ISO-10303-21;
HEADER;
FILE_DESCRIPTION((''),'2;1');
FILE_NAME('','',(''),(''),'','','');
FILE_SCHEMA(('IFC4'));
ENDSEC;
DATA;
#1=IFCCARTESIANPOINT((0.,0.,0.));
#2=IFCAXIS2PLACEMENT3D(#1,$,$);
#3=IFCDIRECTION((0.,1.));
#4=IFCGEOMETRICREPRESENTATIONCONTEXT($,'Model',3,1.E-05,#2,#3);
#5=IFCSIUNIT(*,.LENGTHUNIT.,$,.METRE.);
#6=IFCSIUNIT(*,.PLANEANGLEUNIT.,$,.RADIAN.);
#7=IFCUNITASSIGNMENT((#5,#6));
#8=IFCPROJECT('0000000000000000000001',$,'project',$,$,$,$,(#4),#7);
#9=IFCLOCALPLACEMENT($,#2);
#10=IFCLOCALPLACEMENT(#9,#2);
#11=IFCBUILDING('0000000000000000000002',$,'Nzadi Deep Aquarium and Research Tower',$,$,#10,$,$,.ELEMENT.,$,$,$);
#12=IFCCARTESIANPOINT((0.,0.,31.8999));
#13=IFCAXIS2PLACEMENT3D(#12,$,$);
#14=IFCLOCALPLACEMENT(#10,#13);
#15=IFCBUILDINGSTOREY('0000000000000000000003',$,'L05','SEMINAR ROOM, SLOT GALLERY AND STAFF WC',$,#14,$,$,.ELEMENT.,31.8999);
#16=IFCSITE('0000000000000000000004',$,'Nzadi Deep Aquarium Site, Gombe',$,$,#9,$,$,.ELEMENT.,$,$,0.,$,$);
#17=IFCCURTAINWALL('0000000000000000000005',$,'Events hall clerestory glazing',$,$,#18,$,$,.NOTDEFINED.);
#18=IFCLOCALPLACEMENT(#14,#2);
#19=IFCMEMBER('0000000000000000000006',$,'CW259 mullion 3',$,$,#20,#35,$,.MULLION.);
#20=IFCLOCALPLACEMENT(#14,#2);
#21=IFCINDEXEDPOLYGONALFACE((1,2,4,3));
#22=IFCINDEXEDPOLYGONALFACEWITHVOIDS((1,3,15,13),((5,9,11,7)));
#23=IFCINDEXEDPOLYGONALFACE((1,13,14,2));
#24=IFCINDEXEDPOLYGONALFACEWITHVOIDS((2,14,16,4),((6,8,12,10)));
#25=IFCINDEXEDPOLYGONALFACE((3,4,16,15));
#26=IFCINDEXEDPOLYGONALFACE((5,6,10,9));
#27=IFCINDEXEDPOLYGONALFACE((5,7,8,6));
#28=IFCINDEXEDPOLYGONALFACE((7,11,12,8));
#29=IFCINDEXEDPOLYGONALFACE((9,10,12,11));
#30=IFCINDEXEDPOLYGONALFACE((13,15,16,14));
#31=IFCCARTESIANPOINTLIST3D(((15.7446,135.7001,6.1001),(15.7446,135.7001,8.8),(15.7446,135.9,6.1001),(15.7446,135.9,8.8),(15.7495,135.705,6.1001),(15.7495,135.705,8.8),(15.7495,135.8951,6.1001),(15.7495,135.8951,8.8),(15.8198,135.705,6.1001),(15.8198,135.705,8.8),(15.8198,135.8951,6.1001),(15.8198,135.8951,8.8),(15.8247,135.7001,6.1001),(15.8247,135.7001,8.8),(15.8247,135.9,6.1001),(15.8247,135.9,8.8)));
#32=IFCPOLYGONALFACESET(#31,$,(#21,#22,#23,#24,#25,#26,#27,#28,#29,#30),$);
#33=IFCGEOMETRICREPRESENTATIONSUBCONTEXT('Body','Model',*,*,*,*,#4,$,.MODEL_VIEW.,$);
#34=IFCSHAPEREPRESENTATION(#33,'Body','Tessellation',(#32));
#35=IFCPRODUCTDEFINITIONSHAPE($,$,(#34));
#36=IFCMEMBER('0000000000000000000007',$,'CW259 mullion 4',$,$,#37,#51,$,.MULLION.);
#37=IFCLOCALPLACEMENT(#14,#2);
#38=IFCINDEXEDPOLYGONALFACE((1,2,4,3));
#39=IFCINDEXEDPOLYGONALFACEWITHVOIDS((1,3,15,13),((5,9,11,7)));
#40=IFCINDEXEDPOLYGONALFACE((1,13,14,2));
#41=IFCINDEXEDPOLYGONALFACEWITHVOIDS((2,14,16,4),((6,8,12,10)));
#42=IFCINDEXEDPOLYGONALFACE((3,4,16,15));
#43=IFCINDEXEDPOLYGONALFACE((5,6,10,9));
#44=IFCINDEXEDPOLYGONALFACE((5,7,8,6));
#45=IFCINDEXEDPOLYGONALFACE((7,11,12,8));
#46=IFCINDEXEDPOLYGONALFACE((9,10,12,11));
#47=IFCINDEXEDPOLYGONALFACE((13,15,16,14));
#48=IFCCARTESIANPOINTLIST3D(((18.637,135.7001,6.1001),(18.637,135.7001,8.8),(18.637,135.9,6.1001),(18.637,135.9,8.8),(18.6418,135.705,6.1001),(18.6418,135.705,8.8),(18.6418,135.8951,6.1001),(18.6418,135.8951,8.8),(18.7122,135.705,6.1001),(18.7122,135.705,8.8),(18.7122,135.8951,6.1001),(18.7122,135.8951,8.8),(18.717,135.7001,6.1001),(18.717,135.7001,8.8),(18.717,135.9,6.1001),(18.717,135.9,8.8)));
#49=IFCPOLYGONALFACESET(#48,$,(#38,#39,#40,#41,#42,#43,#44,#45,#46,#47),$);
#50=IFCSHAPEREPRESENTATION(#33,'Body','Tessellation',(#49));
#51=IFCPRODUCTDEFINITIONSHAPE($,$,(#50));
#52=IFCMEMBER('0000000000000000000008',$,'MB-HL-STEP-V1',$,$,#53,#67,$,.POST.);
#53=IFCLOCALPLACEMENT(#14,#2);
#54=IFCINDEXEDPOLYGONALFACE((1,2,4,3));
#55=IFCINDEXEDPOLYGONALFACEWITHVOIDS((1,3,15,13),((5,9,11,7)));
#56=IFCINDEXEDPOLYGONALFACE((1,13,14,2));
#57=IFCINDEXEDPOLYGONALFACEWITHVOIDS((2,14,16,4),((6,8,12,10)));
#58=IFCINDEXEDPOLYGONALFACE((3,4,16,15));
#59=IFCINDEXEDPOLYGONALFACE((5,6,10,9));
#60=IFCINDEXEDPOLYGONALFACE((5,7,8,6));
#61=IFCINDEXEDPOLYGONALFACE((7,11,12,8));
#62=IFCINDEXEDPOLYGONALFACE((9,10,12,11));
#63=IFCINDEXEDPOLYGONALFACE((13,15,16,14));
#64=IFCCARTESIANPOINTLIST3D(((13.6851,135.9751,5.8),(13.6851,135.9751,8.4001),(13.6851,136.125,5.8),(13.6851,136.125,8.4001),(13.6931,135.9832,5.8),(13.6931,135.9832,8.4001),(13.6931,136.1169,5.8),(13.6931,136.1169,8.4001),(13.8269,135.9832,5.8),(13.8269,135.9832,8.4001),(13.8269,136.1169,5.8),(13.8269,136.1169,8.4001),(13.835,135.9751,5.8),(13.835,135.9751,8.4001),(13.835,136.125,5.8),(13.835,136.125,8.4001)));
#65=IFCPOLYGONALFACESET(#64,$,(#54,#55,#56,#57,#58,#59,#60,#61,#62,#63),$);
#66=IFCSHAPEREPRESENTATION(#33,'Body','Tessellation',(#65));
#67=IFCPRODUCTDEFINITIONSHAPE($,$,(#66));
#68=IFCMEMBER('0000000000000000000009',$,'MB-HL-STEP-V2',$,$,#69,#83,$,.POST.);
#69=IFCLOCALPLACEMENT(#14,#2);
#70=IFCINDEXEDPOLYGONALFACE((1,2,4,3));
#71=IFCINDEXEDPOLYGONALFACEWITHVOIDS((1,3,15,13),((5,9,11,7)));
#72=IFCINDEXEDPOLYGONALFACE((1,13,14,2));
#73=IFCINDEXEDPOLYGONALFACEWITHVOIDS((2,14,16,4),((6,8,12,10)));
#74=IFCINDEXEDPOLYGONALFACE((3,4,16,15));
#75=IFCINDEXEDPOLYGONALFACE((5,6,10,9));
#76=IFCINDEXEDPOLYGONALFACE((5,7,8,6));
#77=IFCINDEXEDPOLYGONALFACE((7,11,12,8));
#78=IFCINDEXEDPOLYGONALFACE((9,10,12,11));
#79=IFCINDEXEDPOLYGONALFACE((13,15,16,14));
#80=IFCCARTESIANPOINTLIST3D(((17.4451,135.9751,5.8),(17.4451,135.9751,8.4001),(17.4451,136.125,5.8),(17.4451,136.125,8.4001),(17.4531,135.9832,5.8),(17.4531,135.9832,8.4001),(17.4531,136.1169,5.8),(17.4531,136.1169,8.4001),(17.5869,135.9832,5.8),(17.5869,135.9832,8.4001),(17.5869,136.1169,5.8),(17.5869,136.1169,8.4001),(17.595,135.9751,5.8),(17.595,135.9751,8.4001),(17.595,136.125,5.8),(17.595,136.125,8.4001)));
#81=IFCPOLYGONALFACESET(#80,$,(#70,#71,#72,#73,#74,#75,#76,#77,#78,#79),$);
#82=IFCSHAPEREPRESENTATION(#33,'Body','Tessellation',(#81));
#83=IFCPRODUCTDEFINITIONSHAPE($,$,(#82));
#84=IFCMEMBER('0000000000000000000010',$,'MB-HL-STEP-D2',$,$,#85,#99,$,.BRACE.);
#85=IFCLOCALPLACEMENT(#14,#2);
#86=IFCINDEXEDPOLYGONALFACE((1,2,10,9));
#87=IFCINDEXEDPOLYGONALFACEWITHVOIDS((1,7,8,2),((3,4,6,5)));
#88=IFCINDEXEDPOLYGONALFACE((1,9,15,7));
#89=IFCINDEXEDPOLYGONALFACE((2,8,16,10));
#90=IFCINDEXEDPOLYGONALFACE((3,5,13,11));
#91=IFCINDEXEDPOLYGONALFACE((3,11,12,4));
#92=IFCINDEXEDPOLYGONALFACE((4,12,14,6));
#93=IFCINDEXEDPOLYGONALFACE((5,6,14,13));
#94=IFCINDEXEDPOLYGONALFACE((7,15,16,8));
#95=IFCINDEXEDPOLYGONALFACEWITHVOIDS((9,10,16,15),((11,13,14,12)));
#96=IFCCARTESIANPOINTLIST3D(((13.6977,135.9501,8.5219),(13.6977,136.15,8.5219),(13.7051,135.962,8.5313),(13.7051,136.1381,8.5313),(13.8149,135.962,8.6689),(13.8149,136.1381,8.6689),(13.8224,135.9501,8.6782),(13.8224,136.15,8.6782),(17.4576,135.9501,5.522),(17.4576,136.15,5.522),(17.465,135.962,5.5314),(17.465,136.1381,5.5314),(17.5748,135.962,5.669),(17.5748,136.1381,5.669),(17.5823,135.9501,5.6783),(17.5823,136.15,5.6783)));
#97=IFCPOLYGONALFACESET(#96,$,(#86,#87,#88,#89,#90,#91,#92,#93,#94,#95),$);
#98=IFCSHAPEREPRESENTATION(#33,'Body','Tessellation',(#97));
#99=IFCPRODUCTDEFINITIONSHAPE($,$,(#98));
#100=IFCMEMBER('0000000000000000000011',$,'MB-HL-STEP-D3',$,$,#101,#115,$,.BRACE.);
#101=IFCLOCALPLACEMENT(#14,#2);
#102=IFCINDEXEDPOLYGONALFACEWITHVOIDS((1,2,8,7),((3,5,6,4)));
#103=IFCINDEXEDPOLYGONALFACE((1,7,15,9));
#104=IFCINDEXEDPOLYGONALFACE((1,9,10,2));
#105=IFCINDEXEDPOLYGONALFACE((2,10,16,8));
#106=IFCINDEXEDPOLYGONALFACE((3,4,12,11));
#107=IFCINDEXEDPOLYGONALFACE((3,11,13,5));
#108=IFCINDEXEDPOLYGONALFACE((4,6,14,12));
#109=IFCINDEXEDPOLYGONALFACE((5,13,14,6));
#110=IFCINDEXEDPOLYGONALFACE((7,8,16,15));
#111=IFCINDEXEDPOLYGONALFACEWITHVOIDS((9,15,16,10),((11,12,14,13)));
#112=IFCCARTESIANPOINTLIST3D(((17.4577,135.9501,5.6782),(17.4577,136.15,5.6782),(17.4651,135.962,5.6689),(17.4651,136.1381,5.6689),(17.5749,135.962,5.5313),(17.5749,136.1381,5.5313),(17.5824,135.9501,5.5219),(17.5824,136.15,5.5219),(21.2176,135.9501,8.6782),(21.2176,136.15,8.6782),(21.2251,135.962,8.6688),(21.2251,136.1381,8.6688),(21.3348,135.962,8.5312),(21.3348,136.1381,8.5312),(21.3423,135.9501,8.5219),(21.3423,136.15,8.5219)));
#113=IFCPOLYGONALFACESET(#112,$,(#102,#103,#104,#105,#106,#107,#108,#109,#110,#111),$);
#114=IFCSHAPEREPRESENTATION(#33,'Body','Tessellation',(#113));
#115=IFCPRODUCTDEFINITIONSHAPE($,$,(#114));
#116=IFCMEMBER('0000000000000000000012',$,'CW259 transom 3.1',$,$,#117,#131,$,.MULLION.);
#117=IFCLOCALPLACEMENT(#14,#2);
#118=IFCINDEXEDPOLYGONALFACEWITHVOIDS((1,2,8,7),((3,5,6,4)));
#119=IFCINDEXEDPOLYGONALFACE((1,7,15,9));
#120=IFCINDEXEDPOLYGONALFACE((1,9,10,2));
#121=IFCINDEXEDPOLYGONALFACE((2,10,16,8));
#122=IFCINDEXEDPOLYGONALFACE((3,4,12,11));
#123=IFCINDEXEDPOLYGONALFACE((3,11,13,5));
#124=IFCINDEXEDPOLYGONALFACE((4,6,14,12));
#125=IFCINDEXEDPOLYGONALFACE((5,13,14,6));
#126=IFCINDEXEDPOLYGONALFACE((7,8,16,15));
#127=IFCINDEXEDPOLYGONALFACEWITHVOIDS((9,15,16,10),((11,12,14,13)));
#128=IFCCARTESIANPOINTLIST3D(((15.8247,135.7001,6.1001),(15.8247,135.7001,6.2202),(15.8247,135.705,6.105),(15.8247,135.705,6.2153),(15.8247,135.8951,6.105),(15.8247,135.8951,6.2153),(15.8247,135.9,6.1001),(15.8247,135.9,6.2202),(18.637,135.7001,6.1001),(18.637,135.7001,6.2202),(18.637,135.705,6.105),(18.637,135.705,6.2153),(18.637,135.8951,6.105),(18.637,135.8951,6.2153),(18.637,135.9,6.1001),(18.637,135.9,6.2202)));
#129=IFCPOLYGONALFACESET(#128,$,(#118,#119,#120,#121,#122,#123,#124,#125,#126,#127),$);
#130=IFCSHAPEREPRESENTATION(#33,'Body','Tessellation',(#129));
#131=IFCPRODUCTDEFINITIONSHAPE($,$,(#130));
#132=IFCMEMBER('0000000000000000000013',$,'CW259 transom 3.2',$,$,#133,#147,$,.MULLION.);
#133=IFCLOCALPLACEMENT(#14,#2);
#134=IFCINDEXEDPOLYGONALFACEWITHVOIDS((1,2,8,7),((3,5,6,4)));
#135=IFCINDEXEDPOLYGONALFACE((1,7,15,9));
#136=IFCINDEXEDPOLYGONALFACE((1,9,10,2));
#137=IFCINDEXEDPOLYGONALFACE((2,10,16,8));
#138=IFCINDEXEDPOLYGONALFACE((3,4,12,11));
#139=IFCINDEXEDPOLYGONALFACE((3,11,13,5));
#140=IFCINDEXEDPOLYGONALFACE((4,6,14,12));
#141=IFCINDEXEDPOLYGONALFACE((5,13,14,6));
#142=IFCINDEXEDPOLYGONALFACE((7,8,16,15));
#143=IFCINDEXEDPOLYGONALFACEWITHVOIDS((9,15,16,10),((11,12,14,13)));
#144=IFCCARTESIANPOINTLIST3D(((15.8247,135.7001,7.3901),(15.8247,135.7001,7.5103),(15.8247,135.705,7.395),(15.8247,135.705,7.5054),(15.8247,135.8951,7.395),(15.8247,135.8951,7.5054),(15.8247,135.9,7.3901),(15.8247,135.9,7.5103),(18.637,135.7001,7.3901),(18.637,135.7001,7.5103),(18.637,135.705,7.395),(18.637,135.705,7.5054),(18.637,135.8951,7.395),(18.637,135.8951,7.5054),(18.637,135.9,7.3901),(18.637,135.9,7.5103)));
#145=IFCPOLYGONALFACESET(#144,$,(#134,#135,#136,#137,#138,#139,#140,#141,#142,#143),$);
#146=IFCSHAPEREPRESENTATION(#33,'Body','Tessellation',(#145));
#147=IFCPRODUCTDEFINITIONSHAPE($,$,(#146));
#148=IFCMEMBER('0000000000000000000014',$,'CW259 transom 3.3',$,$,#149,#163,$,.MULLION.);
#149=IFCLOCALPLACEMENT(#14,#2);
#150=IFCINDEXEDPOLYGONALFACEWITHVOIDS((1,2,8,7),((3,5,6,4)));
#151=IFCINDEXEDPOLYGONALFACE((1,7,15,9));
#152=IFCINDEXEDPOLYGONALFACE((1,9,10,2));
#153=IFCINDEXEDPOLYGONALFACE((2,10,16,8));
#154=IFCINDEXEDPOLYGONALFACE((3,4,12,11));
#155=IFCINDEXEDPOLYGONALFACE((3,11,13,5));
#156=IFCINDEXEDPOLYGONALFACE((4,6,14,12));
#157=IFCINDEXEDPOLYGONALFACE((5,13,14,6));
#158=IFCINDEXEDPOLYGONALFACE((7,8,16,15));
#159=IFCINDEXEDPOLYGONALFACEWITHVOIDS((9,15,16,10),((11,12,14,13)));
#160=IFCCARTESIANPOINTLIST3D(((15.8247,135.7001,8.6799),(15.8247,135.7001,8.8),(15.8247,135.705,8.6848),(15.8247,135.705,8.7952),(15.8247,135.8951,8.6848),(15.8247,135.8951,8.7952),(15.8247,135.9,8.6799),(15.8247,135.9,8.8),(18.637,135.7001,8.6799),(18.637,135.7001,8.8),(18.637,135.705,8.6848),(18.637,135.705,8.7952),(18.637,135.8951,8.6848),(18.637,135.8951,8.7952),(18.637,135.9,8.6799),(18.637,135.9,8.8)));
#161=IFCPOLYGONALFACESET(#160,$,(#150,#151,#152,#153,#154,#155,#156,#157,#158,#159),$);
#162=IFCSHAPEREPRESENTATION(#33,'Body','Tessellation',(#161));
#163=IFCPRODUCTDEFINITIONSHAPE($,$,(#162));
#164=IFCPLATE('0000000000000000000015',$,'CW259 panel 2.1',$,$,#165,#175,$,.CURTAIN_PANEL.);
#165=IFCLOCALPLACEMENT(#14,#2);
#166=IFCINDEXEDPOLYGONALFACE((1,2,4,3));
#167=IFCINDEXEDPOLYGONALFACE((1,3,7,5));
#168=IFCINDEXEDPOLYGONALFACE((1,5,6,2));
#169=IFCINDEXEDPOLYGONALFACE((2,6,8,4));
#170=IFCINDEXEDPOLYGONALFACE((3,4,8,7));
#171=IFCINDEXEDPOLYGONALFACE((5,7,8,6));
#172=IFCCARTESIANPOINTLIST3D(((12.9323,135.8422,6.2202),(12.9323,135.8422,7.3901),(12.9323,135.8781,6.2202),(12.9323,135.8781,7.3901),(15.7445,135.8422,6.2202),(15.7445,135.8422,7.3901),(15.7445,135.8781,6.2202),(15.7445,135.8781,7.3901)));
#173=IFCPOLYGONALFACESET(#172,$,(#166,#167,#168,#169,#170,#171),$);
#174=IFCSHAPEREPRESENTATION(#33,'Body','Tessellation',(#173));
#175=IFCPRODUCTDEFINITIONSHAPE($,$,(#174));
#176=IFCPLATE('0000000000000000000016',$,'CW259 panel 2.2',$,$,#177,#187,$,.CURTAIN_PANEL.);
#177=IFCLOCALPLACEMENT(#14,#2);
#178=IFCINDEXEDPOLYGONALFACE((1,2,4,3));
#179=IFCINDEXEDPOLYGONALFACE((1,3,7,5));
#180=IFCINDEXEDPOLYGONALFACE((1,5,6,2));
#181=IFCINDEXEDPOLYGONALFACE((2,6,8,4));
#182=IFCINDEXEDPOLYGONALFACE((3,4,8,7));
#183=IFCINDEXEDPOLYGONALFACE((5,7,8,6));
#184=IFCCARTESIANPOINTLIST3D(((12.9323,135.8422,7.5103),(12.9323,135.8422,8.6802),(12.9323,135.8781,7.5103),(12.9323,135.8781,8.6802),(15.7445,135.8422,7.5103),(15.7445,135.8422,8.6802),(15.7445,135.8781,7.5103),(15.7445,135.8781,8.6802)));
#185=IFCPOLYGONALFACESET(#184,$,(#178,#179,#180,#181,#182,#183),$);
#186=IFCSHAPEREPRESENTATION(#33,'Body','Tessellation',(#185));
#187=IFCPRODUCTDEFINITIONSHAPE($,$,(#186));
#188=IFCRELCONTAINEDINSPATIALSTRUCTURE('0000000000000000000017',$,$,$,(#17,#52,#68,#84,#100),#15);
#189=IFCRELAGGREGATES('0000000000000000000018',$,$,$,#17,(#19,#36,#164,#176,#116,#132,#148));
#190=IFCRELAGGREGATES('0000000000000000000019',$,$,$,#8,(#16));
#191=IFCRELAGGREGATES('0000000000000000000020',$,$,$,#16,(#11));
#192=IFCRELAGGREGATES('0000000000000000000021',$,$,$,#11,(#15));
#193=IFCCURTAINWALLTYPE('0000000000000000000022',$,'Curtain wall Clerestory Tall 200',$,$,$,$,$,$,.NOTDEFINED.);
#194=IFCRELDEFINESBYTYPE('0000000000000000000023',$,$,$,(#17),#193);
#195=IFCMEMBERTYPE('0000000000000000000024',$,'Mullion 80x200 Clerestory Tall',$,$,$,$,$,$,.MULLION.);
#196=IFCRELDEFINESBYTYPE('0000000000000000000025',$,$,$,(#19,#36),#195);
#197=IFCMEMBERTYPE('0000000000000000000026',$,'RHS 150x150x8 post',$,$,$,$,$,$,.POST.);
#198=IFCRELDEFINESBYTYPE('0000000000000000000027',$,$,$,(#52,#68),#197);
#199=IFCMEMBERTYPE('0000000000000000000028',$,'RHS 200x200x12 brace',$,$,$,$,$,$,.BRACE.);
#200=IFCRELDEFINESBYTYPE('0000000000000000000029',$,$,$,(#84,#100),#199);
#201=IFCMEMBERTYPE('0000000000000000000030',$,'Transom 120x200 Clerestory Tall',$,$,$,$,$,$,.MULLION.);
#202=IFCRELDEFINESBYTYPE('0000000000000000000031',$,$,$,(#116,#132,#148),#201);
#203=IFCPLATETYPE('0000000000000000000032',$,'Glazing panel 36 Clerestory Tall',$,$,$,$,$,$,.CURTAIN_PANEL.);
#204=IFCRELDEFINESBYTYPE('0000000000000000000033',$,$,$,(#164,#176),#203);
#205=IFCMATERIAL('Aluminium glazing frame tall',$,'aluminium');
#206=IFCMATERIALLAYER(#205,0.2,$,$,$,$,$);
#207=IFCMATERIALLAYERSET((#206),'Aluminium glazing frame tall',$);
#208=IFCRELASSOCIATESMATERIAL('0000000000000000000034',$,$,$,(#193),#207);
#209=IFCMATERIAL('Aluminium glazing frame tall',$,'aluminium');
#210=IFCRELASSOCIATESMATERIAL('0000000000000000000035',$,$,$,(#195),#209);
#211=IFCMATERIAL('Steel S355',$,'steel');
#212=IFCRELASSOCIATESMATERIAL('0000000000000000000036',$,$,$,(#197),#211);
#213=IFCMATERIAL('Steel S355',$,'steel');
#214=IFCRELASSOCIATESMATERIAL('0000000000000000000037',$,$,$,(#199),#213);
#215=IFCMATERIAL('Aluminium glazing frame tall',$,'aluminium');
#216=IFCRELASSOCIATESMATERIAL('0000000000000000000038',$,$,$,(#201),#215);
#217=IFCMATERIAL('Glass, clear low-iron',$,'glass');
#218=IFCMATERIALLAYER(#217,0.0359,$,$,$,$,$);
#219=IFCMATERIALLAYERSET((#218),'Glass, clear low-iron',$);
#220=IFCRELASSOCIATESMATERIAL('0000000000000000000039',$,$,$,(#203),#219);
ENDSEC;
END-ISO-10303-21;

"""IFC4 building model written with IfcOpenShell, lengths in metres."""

from ifc_helpers import new_model, si_unit, direction, frame, origin, origin_2d, place, context, subcontext, project, spatial, rectangle, hollow_rectangle, extrude, material, layer, layer_set, material_profile, profile_set, type_object, element, aggregate, save


model = new_model("IFC4")

# Units and contexts
model_context = context("Model", 3, precision=1e-05, world=origin(), true_north=direction((0.0, 1.0)))
body_context = subcontext(model_context, "Body", "Model", "MODEL_VIEW")
ifc_project = project(units=[si_unit("LENGTHUNIT", "METRE"), si_unit("PLANEANGLEUNIT", "RADIAN")], contexts=[model_context])

# Site, building, storey
site_placement = place(None, origin())
site = spatial("IfcSite", under=ifc_project, at=site_placement, Name="Nzadi Deep Aquarium Site, Gombe", CompositionType="ELEMENT", RefElevation=0.0)
building_placement = place(site_placement, origin())
building = spatial("IfcBuilding", under=site, at=building_placement, Name="Nzadi Deep Aquarium and Research Tower", CompositionType="ELEMENT")
storey_placement = place(building_placement, frame((0.0, 0.0, 31.8999)))
storey = spatial("IfcBuildingStorey", under=building, at=storey_placement, Name="L05", Description="SEMINAR ROOM, SLOT GALLERY AND STAFF WC", CompositionType="ELEMENT", Elevation=31.8999)

# Curtain wall, members
ifc_material_1 = material(Name="Aluminium glazing frame tall", Category="aluminium")
ifc_layer_1 = layer(ifc_material_1, 0.2)
ifc_layer_set_1 = layer_set([ifc_layer_1], Name="Aluminium glazing frame tall")
curtain_wall_type = type_object("IfcCurtainWallType", Name="Curtain wall Clerestory Tall 200", PredefinedType="NOTDEFINED", material=ifc_layer_set_1)
curtain_wall_placement = place(storey_placement, origin())
curtain_wall = element("IfcCurtainWall", 1, at=curtain_wall_placement, inside=storey, type_object=curtain_wall_type, Name="Events hall clerestory glazing", PredefinedType="NOTDEFINED")
ifc_material_2 = material(Name="Aluminium glazing frame tall", Category="aluminium")
ifc_material_profile_1 = material_profile(ifc_material_2, hollow_rectangle(XDim=0.2, YDim=0.0801, WallThickness=0.0049, at=origin_2d()))
ifc_profile_set_1 = profile_set([ifc_material_profile_1], Name="Aluminium glazing frame tall")
member_type_1 = type_object("IfcMemberType", Name="Mullion 80x200 Clerestory Tall", PredefinedType="MULLION", material=ifc_profile_set_1)
member_1_placement = place(storey_placement, frame((15.7847, 135.8, 6.1001), z_axis=(0.0, 0.0, 1.0), x_axis=(0.0, 1.0, 0.0)))
member_1 = element("IfcMember", 2, at=member_1_placement, type_object=member_type_1, Name="CW259 mullion 3", PredefinedType="MULLION", context=body_context, shape_type="SweptSolid", body=[
    extrude(hollow_rectangle(XDim=0.2, YDim=0.0801, WallThickness=0.0049, at=origin_2d()), origin(), (0.0, 0.0, 1.0), 2.7),
])
member_2_placement = place(storey_placement, frame((18.677, 135.8, 6.1001), z_axis=(0.0, 0.0, 1.0), x_axis=(0.0, 1.0, 0.0)))
member_2 = element("IfcMember", 3, at=member_2_placement, type_object=member_type_1, Name="CW259 mullion 4", PredefinedType="MULLION", context=body_context, shape_type="SweptSolid", body=[
    extrude(hollow_rectangle(XDim=0.2, YDim=0.0801, WallThickness=0.0049, at=origin_2d()), origin(), (0.0, 0.0, 1.0), 2.7),
])

# Members
ifc_material_3 = material(Name="Steel S355", Category="steel")
ifc_material_profile_2 = material_profile(ifc_material_3, hollow_rectangle(XDim=0.1499, YDim=0.1499, WallThickness=0.0081, at=origin_2d()))
ifc_profile_set_2 = profile_set([ifc_material_profile_2], Name="Steel S355")
member_type_2 = type_object("IfcMemberType", Name="RHS 150x150x8 post", PredefinedType="POST", material=ifc_profile_set_2)
for number, where, z_axis, x_axis, name in (
    (4, (13.76, 136.05, 5.8), (0.0, 0.0, 1.0), (1.0, 0.0, 0.0), "MB-HL-STEP-V1"),
    (5, (17.52, 136.05, 5.8), (0.0, 0.0, 1.0), (1.0, 0.0, 0.0), "MB-HL-STEP-V2"),
):
    element("IfcMember", number, at=place(storey_placement, frame(where, z_axis=z_axis, x_axis=x_axis)), inside=storey, type_object=member_type_2, Name=name, PredefinedType="POST", context=body_context, shape_type="SweptSolid", body=[
        extrude(hollow_rectangle(XDim=0.1499, YDim=0.1499, WallThickness=0.0081, at=origin_2d()), origin(), (0.0, 0.0, 1.0), 2.6001),
    ])
ifc_material_4 = material(Name="Steel S355", Category="steel")
ifc_material_profile_3 = material_profile(ifc_material_4, hollow_rectangle(XDim=0.2, YDim=0.2, WallThickness=0.012, at=origin_2d()))
ifc_profile_set_3 = profile_set([ifc_material_profile_3], Name="Steel S355")
member_type_3 = type_object("IfcMemberType", Name="RHS 200x200x12 brace", PredefinedType="BRACE", material=ifc_profile_set_3)
for number, where, z_axis, x_axis, name in (
    (6, (13.76, 136.05, 8.6001), (0.78168, 0.0, -0.623679), (0.0, 1.0, 0.0), "MB-HL-STEP-D2"),
    (7, (17.52, 136.05, 5.6001), (0.78168, 0.0, 0.623679), (0.0, 1.0, 0.0), "MB-HL-STEP-D3"),
):
    element("IfcMember", number, at=place(storey_placement, frame(where, z_axis=z_axis, x_axis=x_axis)), inside=storey, type_object=member_type_3, Name=name, PredefinedType="BRACE", context=body_context, shape_type="SweptSolid", body=[
        extrude(hollow_rectangle(XDim=0.2, YDim=0.2, WallThickness=0.012, at=origin_2d()), origin(), (0.0, 0.0, 1.0), 4.8101),
    ])

# Members
ifc_material_5 = material(Name="Aluminium glazing frame tall", Category="aluminium")
ifc_material_profile_4 = material_profile(ifc_material_5, hollow_rectangle(XDim=0.2, YDim=0.1201, WallThickness=0.0049, at=origin_2d()))
ifc_profile_set_4 = profile_set([ifc_material_profile_4], Name="Aluminium glazing frame tall")
member_type_4 = type_object("IfcMemberType", Name="Transom 120x200 Clerestory Tall", PredefinedType="MULLION", material=ifc_profile_set_4)
member_3_placement = place(storey_placement, frame((15.8247, 135.8, 6.1602), z_axis=(1.0, 0.0, 0.0), x_axis=(0.0, 1.0, 0.0)))
member_3 = element("IfcMember", 8, at=member_3_placement, type_object=member_type_4, Name="CW259 transom 3.1", PredefinedType="MULLION", context=body_context, shape_type="SweptSolid", body=[
    extrude(hollow_rectangle(XDim=0.2, YDim=0.1201, WallThickness=0.0049, at=origin_2d()), origin(), (0.0, 0.0, 1.0), 2.8123),
])
member_4_placement = place(storey_placement, frame((15.8247, 135.8, 7.4502), z_axis=(1.0, 0.0, 0.0), x_axis=(0.0, 1.0, 0.0)))
member_4 = element("IfcMember", 9, at=member_4_placement, type_object=member_type_4, Name="CW259 transom 3.2", PredefinedType="MULLION", context=body_context, shape_type="SweptSolid", body=[
    extrude(hollow_rectangle(XDim=0.2, YDim=0.1201, WallThickness=0.0049, at=origin_2d()), origin(), (0.0, 0.0, 1.0), 2.8123),
])
member_5_placement = place(storey_placement, frame((15.8247, 135.8, 8.74), z_axis=(1.0, 0.0, 0.0), x_axis=(0.0, 1.0, 0.0)))
member_5 = element("IfcMember", 10, at=member_5_placement, type_object=member_type_4, Name="CW259 transom 3.3", PredefinedType="MULLION", context=body_context, shape_type="SweptSolid", body=[
    extrude(hollow_rectangle(XDim=0.2, YDim=0.1201, WallThickness=0.0049, at=origin_2d()), origin(), (0.0, 0.0, 1.0), 2.8123),
])

# Plates
ifc_material_6 = material(Name="Glass, clear low-iron", Category="glass")
ifc_layer_2 = layer(ifc_material_6, 0.0359)
ifc_layer_set_2 = layer_set([ifc_layer_2], Name="Glass, clear low-iron")
plate_type = type_object("IfcPlateType", Name="Glazing panel 36 Clerestory Tall", PredefinedType="CURTAIN_PANEL", material=ifc_layer_set_2)
plate_1_placement = place(storey_placement, frame((14.3384, 135.8601, 6.2202), z_axis=(0.0, 0.0, 1.0), x_axis=(1.0, 0.0, 0.0)))
plate_1 = element("IfcPlate", 11, at=plate_1_placement, type_object=plate_type, Name="CW259 panel 2.1", PredefinedType="CURTAIN_PANEL", context=body_context, shape_type="SweptSolid", body=[
    extrude(rectangle(XDim=2.8123, YDim=0.0359, at=origin_2d()), origin(), (0.0, 0.0, 1.0), 1.1699),
])
plate_2_placement = place(storey_placement, frame((14.3384, 135.8601, 7.5103), z_axis=(0.0, 0.0, 1.0), x_axis=(1.0, 0.0, 0.0)))
plate_2 = element("IfcPlate", 12, at=plate_2_placement, type_object=plate_type, Name="CW259 panel 2.2", PredefinedType="CURTAIN_PANEL", context=body_context, shape_type="SweptSolid", body=[
    extrude(rectangle(XDim=2.8123, YDim=0.0359, at=origin_2d()), origin(), (0.0, 0.0, 1.0), 1.1699),
])
aggregate(curtain_wall, [member_1, member_2, plate_1, plate_2, member_3, member_4, member_5])

save(model, "model.ifc")
